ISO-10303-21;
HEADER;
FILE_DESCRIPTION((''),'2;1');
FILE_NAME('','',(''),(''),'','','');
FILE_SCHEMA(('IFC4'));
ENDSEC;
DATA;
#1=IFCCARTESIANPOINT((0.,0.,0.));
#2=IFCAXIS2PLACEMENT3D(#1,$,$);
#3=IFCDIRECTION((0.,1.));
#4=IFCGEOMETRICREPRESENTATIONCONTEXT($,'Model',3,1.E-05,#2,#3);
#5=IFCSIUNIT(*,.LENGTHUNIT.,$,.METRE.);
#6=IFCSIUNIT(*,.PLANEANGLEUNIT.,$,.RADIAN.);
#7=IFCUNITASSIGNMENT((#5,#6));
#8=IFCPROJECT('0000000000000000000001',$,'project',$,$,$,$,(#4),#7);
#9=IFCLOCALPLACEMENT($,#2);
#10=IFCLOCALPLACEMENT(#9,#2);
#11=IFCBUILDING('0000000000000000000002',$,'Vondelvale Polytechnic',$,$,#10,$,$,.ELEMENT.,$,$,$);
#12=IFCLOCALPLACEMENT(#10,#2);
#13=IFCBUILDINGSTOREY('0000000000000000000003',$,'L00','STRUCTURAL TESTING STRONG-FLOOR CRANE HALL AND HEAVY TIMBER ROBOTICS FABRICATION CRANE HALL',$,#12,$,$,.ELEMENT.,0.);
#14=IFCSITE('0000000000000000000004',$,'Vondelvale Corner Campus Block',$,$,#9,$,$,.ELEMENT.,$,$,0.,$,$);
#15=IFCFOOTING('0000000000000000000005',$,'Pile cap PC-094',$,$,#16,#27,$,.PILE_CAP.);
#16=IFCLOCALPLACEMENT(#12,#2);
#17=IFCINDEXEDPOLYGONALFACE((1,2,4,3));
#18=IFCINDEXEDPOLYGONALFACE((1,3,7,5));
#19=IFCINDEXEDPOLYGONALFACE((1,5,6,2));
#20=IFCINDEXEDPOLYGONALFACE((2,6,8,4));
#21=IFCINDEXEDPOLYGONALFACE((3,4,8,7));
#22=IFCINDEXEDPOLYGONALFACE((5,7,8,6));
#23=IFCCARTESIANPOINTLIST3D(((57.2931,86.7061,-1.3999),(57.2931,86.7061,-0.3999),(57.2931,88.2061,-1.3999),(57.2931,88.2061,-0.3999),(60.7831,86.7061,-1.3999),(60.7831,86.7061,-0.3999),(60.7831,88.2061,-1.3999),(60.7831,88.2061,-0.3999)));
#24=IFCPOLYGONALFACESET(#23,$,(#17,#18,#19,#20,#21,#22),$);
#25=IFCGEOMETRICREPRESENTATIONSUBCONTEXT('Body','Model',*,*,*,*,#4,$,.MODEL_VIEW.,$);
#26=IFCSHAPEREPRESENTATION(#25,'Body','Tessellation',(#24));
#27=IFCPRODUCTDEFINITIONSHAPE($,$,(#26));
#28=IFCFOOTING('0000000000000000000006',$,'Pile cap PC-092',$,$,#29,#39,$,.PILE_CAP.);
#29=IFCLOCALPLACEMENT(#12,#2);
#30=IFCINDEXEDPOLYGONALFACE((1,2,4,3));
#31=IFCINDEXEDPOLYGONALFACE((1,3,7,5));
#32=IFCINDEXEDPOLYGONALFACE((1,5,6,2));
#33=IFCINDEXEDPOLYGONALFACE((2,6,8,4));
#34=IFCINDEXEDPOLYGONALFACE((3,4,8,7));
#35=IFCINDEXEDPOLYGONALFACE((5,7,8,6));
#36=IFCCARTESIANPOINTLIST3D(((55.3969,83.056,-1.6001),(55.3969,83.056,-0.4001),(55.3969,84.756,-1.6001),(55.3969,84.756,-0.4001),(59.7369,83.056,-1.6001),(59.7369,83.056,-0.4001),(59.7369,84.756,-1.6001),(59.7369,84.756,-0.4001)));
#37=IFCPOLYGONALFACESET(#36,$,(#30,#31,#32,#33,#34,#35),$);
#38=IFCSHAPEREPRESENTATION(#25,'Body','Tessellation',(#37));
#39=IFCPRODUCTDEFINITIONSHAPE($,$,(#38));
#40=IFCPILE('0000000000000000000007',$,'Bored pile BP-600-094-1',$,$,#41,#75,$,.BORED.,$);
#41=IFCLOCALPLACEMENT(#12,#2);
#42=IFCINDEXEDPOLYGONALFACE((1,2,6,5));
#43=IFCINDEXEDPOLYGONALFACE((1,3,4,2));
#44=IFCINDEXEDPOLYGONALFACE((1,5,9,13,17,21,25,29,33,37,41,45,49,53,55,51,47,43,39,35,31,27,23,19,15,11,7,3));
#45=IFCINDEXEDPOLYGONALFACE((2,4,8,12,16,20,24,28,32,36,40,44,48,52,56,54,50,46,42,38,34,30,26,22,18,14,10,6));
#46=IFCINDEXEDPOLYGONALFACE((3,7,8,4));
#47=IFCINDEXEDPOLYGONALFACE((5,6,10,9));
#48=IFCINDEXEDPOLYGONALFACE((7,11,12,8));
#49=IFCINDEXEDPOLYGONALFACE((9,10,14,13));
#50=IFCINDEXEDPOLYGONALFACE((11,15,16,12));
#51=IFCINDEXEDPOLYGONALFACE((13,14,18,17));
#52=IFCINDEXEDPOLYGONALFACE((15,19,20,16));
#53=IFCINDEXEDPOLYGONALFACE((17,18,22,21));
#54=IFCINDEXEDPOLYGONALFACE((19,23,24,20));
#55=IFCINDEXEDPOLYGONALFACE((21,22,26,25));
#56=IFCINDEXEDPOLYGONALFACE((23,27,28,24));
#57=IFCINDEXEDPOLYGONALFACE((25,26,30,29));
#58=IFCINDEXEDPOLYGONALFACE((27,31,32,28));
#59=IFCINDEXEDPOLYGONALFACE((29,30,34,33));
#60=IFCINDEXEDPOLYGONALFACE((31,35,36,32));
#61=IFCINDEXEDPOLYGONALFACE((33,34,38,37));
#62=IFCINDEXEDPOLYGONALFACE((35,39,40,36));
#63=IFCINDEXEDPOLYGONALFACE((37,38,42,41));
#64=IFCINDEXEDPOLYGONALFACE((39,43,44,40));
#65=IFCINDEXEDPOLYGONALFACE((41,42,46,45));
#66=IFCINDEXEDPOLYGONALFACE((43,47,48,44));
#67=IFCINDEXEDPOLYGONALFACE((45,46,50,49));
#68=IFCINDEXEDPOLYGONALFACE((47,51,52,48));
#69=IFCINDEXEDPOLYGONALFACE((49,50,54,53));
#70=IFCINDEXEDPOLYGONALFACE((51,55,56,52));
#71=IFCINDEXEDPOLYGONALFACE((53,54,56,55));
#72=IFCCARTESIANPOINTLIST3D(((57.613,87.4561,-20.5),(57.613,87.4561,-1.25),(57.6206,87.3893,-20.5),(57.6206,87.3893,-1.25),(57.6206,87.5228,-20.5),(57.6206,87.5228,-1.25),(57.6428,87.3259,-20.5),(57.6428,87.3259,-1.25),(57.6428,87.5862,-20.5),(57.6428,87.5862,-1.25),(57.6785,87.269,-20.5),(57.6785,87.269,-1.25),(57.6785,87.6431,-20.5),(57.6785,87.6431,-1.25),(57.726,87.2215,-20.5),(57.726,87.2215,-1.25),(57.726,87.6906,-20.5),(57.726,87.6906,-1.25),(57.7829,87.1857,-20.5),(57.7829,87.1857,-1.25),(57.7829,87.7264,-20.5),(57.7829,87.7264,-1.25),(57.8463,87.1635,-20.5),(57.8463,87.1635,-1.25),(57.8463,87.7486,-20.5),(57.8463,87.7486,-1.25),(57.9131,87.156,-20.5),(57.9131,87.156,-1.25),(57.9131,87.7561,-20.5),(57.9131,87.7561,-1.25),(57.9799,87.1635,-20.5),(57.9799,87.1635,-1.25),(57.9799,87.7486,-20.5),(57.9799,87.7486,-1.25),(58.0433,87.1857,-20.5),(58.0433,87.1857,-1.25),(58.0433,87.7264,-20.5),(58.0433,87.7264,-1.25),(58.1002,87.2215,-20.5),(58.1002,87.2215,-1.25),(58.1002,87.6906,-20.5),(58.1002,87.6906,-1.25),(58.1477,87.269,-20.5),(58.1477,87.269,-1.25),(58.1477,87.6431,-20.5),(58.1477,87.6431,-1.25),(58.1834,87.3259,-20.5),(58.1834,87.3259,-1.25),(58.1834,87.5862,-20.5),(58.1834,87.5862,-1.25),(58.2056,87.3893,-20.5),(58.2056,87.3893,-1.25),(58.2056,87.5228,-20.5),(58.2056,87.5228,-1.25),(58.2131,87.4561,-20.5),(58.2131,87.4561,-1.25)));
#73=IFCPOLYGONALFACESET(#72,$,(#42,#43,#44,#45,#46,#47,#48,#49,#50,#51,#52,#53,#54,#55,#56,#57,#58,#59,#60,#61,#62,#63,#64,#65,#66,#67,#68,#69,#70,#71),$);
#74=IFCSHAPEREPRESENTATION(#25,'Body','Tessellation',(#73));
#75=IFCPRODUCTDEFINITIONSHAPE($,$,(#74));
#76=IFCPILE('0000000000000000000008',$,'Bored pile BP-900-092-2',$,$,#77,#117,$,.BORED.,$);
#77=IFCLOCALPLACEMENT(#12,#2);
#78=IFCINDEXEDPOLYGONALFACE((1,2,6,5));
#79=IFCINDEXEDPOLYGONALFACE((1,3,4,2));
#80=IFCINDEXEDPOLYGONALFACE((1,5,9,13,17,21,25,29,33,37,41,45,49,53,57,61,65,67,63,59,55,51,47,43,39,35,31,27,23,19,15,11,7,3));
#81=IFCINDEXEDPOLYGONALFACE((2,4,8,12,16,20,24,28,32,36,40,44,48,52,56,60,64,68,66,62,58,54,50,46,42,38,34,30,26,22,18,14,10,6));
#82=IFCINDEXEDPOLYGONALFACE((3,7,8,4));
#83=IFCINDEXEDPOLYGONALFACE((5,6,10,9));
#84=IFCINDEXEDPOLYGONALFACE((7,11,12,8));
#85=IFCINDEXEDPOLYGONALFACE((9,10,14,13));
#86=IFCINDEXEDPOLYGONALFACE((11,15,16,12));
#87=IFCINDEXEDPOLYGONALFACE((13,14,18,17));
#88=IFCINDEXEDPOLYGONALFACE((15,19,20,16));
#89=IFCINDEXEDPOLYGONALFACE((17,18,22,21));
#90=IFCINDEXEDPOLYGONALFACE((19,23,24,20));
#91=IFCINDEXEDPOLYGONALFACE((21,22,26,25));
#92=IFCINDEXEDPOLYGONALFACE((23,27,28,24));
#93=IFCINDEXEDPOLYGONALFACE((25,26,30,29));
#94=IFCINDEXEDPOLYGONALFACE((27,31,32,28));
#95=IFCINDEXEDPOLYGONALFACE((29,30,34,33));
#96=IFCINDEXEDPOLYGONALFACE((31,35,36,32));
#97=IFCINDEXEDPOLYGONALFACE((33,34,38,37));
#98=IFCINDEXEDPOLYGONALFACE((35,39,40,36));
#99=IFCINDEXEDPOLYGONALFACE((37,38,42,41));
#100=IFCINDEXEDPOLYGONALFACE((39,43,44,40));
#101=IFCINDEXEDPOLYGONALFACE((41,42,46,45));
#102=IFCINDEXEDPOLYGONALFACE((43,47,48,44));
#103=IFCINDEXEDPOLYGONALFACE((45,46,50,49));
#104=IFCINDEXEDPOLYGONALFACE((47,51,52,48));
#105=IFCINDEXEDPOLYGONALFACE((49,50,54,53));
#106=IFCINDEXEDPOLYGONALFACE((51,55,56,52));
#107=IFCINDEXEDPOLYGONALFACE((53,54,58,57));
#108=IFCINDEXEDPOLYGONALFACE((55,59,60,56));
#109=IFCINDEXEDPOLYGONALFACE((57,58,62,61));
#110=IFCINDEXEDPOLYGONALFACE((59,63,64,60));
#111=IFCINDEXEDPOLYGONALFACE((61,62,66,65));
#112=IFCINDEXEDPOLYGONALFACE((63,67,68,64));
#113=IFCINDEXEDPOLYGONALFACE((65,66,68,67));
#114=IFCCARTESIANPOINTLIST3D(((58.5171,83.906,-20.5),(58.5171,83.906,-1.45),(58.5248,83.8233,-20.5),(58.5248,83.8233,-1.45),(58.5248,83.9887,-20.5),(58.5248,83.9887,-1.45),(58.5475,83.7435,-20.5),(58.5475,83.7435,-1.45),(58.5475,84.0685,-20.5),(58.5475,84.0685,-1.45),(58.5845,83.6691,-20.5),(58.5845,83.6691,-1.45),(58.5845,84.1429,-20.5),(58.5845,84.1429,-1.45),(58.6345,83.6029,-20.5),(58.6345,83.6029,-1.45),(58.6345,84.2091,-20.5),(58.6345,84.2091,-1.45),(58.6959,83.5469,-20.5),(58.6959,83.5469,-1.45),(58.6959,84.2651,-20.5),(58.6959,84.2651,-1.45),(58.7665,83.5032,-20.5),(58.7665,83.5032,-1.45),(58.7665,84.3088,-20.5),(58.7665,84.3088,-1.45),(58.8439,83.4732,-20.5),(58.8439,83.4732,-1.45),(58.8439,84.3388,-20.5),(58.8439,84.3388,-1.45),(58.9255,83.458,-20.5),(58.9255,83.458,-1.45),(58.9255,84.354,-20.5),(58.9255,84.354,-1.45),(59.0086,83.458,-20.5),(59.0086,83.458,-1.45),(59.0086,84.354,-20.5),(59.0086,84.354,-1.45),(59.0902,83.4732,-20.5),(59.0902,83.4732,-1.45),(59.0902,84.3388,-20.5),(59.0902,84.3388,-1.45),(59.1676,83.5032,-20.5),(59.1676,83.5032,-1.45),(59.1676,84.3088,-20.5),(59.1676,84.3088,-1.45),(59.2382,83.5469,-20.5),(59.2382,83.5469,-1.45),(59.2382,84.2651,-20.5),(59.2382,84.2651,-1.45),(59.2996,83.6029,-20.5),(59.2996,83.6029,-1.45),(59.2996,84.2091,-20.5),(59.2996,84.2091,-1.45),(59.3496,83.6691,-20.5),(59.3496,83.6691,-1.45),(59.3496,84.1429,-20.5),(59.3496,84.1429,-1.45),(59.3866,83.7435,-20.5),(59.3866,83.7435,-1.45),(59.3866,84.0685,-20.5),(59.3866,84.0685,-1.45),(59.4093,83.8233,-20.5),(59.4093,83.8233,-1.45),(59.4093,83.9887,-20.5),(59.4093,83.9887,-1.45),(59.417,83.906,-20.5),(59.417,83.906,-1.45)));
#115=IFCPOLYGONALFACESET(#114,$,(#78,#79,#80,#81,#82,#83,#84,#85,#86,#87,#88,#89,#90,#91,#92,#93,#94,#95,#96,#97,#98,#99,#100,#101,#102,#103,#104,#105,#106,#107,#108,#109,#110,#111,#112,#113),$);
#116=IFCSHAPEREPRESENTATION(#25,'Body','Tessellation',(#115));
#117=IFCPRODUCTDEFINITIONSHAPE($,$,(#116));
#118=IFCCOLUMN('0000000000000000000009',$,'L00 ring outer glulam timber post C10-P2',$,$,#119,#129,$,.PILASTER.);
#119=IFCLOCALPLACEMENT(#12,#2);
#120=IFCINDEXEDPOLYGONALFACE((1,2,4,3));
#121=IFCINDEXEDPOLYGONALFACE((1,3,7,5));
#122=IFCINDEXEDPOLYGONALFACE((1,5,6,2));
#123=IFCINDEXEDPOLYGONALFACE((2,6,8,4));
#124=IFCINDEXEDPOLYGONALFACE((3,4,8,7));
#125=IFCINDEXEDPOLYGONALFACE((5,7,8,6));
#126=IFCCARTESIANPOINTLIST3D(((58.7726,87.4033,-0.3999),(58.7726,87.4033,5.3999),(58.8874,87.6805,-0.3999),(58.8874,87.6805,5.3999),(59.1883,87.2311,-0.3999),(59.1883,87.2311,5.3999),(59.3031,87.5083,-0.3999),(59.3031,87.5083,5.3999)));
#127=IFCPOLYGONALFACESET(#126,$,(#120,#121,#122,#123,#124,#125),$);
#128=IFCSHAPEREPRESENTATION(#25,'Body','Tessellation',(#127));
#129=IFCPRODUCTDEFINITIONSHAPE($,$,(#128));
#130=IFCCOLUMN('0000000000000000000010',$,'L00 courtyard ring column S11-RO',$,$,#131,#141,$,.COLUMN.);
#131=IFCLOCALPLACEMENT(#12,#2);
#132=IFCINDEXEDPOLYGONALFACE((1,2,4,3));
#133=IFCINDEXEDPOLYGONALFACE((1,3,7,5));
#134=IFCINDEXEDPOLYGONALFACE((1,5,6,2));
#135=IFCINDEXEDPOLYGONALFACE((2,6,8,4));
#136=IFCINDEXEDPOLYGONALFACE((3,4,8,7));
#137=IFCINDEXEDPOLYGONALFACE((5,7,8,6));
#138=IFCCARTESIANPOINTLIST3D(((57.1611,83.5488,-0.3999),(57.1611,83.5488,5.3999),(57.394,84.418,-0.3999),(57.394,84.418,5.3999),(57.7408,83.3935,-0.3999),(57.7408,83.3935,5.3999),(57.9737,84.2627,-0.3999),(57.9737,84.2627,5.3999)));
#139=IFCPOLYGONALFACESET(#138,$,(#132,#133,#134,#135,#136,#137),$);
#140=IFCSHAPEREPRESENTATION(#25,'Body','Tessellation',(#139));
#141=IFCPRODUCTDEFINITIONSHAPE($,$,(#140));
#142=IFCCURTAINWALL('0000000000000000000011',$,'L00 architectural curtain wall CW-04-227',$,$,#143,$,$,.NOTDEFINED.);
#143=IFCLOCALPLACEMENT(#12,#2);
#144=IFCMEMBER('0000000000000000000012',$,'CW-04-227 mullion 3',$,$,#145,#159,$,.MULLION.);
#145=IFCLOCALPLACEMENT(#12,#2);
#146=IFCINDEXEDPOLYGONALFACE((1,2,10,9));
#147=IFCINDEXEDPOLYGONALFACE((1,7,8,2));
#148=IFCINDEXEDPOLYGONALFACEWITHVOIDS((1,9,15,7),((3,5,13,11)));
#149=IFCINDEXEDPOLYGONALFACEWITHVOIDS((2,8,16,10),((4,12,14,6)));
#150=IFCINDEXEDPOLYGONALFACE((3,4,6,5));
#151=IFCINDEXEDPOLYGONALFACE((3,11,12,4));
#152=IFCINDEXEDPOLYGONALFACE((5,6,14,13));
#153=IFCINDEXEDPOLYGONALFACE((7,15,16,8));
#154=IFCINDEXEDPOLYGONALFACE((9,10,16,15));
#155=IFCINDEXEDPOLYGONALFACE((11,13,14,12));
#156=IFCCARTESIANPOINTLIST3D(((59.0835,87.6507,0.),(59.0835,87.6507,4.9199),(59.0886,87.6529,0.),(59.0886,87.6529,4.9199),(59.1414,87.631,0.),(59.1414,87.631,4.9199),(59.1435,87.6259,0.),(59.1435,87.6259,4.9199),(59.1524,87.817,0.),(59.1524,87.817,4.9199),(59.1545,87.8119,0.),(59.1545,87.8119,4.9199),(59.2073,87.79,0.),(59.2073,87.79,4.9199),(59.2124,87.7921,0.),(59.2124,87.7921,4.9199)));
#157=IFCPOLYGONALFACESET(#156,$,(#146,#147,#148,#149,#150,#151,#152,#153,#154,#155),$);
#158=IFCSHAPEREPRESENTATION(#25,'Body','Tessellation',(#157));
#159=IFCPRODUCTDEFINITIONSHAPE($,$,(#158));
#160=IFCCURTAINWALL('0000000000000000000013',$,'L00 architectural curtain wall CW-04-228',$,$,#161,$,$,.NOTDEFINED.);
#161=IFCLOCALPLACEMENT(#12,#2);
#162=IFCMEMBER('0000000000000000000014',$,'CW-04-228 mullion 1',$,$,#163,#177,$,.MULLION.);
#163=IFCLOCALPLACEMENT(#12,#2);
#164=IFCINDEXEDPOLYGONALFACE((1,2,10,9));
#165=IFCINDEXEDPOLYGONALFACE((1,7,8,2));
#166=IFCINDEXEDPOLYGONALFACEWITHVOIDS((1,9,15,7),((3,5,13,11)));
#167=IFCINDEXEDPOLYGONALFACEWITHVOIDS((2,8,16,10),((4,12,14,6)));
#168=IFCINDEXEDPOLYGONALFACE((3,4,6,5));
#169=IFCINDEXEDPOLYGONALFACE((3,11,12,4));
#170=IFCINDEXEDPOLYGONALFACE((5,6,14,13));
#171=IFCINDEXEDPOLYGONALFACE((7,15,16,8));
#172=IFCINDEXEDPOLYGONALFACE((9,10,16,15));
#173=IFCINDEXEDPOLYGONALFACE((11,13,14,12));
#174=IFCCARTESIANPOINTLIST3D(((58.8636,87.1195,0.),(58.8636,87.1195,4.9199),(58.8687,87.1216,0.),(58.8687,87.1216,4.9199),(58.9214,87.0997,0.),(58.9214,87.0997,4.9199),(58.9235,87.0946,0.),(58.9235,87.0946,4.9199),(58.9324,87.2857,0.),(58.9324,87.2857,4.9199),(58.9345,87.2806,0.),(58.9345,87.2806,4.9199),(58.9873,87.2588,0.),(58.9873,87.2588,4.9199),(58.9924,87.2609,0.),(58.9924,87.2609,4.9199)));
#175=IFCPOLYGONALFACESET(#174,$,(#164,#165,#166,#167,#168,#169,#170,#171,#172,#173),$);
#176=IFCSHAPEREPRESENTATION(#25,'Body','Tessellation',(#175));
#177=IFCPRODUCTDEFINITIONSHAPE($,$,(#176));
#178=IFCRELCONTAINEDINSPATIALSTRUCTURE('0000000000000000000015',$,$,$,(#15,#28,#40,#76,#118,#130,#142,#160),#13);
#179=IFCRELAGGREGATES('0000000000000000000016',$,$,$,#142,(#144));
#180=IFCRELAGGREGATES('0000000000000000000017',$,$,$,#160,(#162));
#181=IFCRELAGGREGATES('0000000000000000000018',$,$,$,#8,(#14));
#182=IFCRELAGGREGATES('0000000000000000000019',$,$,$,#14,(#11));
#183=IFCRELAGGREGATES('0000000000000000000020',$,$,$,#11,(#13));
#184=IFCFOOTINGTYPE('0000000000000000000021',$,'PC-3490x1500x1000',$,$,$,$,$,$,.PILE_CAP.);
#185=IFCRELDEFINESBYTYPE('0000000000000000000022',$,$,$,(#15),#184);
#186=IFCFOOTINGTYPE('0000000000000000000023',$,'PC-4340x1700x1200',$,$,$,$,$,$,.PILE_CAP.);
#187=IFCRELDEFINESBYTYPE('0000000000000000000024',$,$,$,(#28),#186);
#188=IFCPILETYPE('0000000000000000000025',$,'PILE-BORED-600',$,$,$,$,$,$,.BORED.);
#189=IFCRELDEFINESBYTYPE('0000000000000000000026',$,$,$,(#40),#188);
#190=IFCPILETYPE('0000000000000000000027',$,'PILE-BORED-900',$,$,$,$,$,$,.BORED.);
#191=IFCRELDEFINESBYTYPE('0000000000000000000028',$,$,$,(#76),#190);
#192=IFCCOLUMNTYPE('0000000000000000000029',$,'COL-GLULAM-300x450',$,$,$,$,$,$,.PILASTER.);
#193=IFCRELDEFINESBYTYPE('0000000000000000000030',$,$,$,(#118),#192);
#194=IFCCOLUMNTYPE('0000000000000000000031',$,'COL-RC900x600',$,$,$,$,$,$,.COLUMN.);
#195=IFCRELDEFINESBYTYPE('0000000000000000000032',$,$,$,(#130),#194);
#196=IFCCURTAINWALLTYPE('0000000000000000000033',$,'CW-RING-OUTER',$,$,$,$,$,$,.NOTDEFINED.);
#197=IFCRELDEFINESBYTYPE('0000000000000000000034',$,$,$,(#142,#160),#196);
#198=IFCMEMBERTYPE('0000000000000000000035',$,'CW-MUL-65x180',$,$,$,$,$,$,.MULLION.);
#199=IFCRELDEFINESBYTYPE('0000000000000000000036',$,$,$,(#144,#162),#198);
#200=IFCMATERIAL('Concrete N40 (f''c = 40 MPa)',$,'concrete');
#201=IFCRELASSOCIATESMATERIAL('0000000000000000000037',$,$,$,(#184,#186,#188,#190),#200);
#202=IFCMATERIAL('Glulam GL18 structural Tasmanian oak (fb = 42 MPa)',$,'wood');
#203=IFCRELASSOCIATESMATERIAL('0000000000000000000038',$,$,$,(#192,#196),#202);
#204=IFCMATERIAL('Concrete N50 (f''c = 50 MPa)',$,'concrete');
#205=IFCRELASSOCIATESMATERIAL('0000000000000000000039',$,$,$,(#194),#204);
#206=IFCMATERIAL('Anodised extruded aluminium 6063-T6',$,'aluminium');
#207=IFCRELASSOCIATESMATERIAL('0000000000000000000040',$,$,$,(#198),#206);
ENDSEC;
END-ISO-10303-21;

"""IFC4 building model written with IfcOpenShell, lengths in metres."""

from ifc_helpers import new_model, si_unit, direction, frame, origin, origin_2d, place, context, subcontext, project, spatial, rectangle, hollow_rectangle, circle, extrude, material, material_profile, profile_set, type_object, element, aggregate, save


model = new_model("IFC4")

# Units and contexts
model_context = context("Model", 3, precision=1e-05, world=origin(), true_north=direction((0.0, 1.0)))
body_context = subcontext(model_context, "Body", "Model", "MODEL_VIEW")
ifc_project = project(units=[si_unit("LENGTHUNIT", "METRE"), si_unit("PLANEANGLEUNIT", "RADIAN")], contexts=[model_context])

# Site, building, storey
site_placement = place(None, origin())
site = spatial("IfcSite", under=ifc_project, at=site_placement, Name="Vondelvale Corner Campus Block", CompositionType="ELEMENT", RefElevation=0.0)
building_placement = place(site_placement, origin())
building = spatial("IfcBuilding", under=site, at=building_placement, Name="Vondelvale Polytechnic", CompositionType="ELEMENT")
storey_placement = place(building_placement, origin())
storey = spatial("IfcBuildingStorey", under=building, at=storey_placement, Name="L00", Description="STRUCTURAL TESTING STRONG-FLOOR CRANE HALL AND HEAVY TIMBER ROBOTICS FABRICATION CRANE HALL", CompositionType="ELEMENT", Elevation=0.0)

# Footings
ifc_material_1 = material(Name="Concrete N40 (f'c = 40 MPa)", Category="concrete")
footing_type_1 = type_object("IfcFootingType", Name="PC-3490x1500x1000", PredefinedType="PILE_CAP", material=ifc_material_1)
footing_1_placement = place(storey_placement, frame((59.0381, 87.4561, -1.3999), z_axis=(0.0, 0.0, 1.0), x_axis=(1.0, 0.0, 0.0)))
element("IfcFooting", 1, at=footing_1_placement, inside=storey, type_object=footing_type_1, Name="Pile cap PC-094", PredefinedType="PILE_CAP", context=body_context, shape_type="SweptSolid", body=[
    extrude(rectangle(XDim=3.49, YDim=1.5, at=origin_2d()), origin(), (0.0, 0.0, 1.0), 1.0),
])
footing_type_2 = type_object("IfcFootingType", Name="PC-4340x1700x1200", PredefinedType="PILE_CAP", material=ifc_material_1)
footing_2_placement = place(storey_placement, frame((57.5669, 83.906, -1.6001), z_axis=(0.0, 0.0, 1.0), x_axis=(1.0, 0.0, 0.0)))
element("IfcFooting", 2, at=footing_2_placement, inside=storey, type_object=footing_type_2, Name="Pile cap PC-092", PredefinedType="PILE_CAP", context=body_context, shape_type="SweptSolid", body=[
    extrude(rectangle(XDim=4.3401, YDim=1.7, at=origin_2d()), origin(), (0.0, 0.0, 1.0), 1.2),
])

# Piles
ifc_material_profile_1 = material_profile(ifc_material_1, circle(Radius=0.3, at=origin_2d()), Name="PILE-D600")
ifc_profile_set_1 = profile_set([ifc_material_profile_1], Name="Concrete N40 (f'c = 40 MPa)")
pile_type_1 = type_object("IfcPileType", Name="PILE-BORED-600", PredefinedType="BORED", material=ifc_profile_set_1)
pile_1_placement = place(storey_placement, frame((57.9131, 87.4561, -1.25), z_axis=(0.0, 0.0, -1.0), x_axis=(1.0, 0.0, 0.0)))
element("IfcPile", 3, at=pile_1_placement, inside=storey, type_object=pile_type_1, Name="Bored pile BP-600-094-1", PredefinedType="BORED", context=body_context, shape_type="SweptSolid", body=[
    extrude(circle(Radius=0.3, at=origin_2d()), origin(), (0.0, 0.0, 1.0), 19.25),
])
ifc_material_profile_2 = material_profile(ifc_material_1, circle(Radius=0.45, at=origin_2d()), Name="PILE-D900")
ifc_profile_set_2 = profile_set([ifc_material_profile_2], Name="Concrete N40 (f'c = 40 MPa)")
pile_type_2 = type_object("IfcPileType", Name="PILE-BORED-900", PredefinedType="BORED", material=ifc_profile_set_2)
pile_2_placement = place(storey_placement, frame((58.967, 83.906, -1.45), z_axis=(0.0, 0.0, -1.0), x_axis=(1.0, 0.0, 0.0)))
element("IfcPile", 4, at=pile_2_placement, inside=storey, type_object=pile_type_2, Name="Bored pile BP-900-092-2", PredefinedType="BORED", context=body_context, shape_type="SweptSolid", body=[
    extrude(circle(Radius=0.45, at=origin_2d()), origin(), (0.0, 0.0, 1.0), 19.05),
])

# Columns
ifc_material_2 = material(Name="Glulam GL18 structural Tasmanian oak (fb = 42 MPa)", Category="wood")
ifc_material_profile_3 = material_profile(ifc_material_2, rectangle(XDim=0.3, YDim=0.45, at=origin_2d()), Name="GL-POST-300x450")
ifc_profile_set_3 = profile_set([ifc_material_profile_3], Name="Glulam GL18 structural Tasmanian oak (fb = 42 MPa)")
column_type_1 = type_object("IfcColumnType", Name="COL-GLULAM-300x450", PredefinedType="PILASTER", material=ifc_profile_set_3)
column_1_placement = place(storey_placement, frame((59.0378, 87.4558, -0.3999), z_axis=(0.0, 0.0, 1.0), x_axis=(0.382683, 0.92388, 0.0)))
element("IfcColumn", 5, at=column_1_placement, inside=storey, type_object=column_type_1, Name="L00 ring outer glulam timber post C10-P2", PredefinedType="PILASTER", context=body_context, shape_type="SweptSolid", body=[
    extrude(rectangle(XDim=0.3, YDim=0.45, at=origin_2d()), origin(), (0.0, 0.0, 1.0), 5.7998),
])
ifc_material_3 = material(Name="Concrete N50 (f'c = 50 MPa)", Category="concrete")
ifc_material_profile_4 = material_profile(ifc_material_3, rectangle(XDim=0.6001, YDim=0.8999, at=origin_2d()), Name="RC-COL-900x600")
ifc_profile_set_4 = profile_set([ifc_material_profile_4], Name="Concrete N50 (f'c = 50 MPa)")
column_type_2 = type_object("IfcColumnType", Name="COL-RC900x600", PredefinedType="COLUMN", material=ifc_profile_set_4)
column_2_placement = place(storey_placement, frame((57.5674, 83.9058, -0.3999), z_axis=(0.0, 0.0, 1.0), x_axis=(-0.965926, 0.258819, 0.0)))
element("IfcColumn", 6, at=column_2_placement, inside=storey, type_object=column_type_2, Name="L00 courtyard ring column S11-RO", PredefinedType="COLUMN", context=body_context, shape_type="SweptSolid", body=[
    extrude(rectangle(XDim=0.6001, YDim=0.8999, at=origin_2d()), origin(), (0.0, 0.0, 1.0), 5.7998),
])

# Curtain wall, member
curtain_wall_type = type_object("IfcCurtainWallType", Name="CW-RING-OUTER", PredefinedType="NOTDEFINED", material=ifc_material_2)
curtain_wall_1_placement = place(storey_placement, origin())
curtain_wall_1 = element("IfcCurtainWall", 7, at=curtain_wall_1_placement, inside=storey, type_object=curtain_wall_type, Name="L00 architectural curtain wall CW-04-227", PredefinedType="NOTDEFINED")
ifc_material_4 = material(Name="Anodised extruded aluminium 6063-T6", Category="aluminium")
ifc_material_profile_5 = material_profile(ifc_material_4, hollow_rectangle(XDim=0.0649, YDim=0.1799, WallThickness=0.0039, at=origin_2d()), Name="CW-MUL-180x65")
ifc_profile_set_5 = profile_set([ifc_material_profile_5], Name="Anodised extruded aluminium 6063-T6")
member_type_1 = type_object("IfcMemberType", Name="CW-MUL-65x180", PredefinedType="MULLION", material=ifc_profile_set_5)
member_1_placement = place(storey_placement, frame((59.1479, 87.7214, 0.0), z_axis=(0.0, 0.0, 1.0), x_axis=(0.923875, -0.382695, 0.0)))
member_1 = element("IfcMember", 8, at=member_1_placement, type_object=member_type_1, Name="CW-04-227 mullion 3", PredefinedType="MULLION", context=body_context, shape_type="SweptSolid", body=[
    extrude(hollow_rectangle(XDim=0.0649, YDim=0.1799, WallThickness=0.0039, at=origin_2d()), origin(), (0.0, 0.0, 1.0), 4.9199),
])

# Curtain wall, member
curtain_wall_2_placement = place(storey_placement, origin())
curtain_wall_2 = element("IfcCurtainWall", 9, at=curtain_wall_2_placement, inside=storey, type_object=curtain_wall_type, Name="L00 architectural curtain wall CW-04-228", PredefinedType="NOTDEFINED")
member_2_placement = place(storey_placement, frame((58.928, 87.1902, 0.0), z_axis=(0.0, 0.0, 1.0), x_axis=(0.923881, -0.382679, 0.0)))
member_2 = element("IfcMember", 10, at=member_2_placement, type_object=member_type_1, Name="CW-04-228 mullion 1", PredefinedType="MULLION", context=body_context, shape_type="SweptSolid", body=[
    extrude(hollow_rectangle(XDim=0.0649, YDim=0.1799, WallThickness=0.0039, at=origin_2d()), origin(), (0.0, 0.0, 1.0), 4.9199),
])

aggregate(curtain_wall_1, [member_1])
aggregate(curtain_wall_2, [member_2])

save(model, "model.ifc")
